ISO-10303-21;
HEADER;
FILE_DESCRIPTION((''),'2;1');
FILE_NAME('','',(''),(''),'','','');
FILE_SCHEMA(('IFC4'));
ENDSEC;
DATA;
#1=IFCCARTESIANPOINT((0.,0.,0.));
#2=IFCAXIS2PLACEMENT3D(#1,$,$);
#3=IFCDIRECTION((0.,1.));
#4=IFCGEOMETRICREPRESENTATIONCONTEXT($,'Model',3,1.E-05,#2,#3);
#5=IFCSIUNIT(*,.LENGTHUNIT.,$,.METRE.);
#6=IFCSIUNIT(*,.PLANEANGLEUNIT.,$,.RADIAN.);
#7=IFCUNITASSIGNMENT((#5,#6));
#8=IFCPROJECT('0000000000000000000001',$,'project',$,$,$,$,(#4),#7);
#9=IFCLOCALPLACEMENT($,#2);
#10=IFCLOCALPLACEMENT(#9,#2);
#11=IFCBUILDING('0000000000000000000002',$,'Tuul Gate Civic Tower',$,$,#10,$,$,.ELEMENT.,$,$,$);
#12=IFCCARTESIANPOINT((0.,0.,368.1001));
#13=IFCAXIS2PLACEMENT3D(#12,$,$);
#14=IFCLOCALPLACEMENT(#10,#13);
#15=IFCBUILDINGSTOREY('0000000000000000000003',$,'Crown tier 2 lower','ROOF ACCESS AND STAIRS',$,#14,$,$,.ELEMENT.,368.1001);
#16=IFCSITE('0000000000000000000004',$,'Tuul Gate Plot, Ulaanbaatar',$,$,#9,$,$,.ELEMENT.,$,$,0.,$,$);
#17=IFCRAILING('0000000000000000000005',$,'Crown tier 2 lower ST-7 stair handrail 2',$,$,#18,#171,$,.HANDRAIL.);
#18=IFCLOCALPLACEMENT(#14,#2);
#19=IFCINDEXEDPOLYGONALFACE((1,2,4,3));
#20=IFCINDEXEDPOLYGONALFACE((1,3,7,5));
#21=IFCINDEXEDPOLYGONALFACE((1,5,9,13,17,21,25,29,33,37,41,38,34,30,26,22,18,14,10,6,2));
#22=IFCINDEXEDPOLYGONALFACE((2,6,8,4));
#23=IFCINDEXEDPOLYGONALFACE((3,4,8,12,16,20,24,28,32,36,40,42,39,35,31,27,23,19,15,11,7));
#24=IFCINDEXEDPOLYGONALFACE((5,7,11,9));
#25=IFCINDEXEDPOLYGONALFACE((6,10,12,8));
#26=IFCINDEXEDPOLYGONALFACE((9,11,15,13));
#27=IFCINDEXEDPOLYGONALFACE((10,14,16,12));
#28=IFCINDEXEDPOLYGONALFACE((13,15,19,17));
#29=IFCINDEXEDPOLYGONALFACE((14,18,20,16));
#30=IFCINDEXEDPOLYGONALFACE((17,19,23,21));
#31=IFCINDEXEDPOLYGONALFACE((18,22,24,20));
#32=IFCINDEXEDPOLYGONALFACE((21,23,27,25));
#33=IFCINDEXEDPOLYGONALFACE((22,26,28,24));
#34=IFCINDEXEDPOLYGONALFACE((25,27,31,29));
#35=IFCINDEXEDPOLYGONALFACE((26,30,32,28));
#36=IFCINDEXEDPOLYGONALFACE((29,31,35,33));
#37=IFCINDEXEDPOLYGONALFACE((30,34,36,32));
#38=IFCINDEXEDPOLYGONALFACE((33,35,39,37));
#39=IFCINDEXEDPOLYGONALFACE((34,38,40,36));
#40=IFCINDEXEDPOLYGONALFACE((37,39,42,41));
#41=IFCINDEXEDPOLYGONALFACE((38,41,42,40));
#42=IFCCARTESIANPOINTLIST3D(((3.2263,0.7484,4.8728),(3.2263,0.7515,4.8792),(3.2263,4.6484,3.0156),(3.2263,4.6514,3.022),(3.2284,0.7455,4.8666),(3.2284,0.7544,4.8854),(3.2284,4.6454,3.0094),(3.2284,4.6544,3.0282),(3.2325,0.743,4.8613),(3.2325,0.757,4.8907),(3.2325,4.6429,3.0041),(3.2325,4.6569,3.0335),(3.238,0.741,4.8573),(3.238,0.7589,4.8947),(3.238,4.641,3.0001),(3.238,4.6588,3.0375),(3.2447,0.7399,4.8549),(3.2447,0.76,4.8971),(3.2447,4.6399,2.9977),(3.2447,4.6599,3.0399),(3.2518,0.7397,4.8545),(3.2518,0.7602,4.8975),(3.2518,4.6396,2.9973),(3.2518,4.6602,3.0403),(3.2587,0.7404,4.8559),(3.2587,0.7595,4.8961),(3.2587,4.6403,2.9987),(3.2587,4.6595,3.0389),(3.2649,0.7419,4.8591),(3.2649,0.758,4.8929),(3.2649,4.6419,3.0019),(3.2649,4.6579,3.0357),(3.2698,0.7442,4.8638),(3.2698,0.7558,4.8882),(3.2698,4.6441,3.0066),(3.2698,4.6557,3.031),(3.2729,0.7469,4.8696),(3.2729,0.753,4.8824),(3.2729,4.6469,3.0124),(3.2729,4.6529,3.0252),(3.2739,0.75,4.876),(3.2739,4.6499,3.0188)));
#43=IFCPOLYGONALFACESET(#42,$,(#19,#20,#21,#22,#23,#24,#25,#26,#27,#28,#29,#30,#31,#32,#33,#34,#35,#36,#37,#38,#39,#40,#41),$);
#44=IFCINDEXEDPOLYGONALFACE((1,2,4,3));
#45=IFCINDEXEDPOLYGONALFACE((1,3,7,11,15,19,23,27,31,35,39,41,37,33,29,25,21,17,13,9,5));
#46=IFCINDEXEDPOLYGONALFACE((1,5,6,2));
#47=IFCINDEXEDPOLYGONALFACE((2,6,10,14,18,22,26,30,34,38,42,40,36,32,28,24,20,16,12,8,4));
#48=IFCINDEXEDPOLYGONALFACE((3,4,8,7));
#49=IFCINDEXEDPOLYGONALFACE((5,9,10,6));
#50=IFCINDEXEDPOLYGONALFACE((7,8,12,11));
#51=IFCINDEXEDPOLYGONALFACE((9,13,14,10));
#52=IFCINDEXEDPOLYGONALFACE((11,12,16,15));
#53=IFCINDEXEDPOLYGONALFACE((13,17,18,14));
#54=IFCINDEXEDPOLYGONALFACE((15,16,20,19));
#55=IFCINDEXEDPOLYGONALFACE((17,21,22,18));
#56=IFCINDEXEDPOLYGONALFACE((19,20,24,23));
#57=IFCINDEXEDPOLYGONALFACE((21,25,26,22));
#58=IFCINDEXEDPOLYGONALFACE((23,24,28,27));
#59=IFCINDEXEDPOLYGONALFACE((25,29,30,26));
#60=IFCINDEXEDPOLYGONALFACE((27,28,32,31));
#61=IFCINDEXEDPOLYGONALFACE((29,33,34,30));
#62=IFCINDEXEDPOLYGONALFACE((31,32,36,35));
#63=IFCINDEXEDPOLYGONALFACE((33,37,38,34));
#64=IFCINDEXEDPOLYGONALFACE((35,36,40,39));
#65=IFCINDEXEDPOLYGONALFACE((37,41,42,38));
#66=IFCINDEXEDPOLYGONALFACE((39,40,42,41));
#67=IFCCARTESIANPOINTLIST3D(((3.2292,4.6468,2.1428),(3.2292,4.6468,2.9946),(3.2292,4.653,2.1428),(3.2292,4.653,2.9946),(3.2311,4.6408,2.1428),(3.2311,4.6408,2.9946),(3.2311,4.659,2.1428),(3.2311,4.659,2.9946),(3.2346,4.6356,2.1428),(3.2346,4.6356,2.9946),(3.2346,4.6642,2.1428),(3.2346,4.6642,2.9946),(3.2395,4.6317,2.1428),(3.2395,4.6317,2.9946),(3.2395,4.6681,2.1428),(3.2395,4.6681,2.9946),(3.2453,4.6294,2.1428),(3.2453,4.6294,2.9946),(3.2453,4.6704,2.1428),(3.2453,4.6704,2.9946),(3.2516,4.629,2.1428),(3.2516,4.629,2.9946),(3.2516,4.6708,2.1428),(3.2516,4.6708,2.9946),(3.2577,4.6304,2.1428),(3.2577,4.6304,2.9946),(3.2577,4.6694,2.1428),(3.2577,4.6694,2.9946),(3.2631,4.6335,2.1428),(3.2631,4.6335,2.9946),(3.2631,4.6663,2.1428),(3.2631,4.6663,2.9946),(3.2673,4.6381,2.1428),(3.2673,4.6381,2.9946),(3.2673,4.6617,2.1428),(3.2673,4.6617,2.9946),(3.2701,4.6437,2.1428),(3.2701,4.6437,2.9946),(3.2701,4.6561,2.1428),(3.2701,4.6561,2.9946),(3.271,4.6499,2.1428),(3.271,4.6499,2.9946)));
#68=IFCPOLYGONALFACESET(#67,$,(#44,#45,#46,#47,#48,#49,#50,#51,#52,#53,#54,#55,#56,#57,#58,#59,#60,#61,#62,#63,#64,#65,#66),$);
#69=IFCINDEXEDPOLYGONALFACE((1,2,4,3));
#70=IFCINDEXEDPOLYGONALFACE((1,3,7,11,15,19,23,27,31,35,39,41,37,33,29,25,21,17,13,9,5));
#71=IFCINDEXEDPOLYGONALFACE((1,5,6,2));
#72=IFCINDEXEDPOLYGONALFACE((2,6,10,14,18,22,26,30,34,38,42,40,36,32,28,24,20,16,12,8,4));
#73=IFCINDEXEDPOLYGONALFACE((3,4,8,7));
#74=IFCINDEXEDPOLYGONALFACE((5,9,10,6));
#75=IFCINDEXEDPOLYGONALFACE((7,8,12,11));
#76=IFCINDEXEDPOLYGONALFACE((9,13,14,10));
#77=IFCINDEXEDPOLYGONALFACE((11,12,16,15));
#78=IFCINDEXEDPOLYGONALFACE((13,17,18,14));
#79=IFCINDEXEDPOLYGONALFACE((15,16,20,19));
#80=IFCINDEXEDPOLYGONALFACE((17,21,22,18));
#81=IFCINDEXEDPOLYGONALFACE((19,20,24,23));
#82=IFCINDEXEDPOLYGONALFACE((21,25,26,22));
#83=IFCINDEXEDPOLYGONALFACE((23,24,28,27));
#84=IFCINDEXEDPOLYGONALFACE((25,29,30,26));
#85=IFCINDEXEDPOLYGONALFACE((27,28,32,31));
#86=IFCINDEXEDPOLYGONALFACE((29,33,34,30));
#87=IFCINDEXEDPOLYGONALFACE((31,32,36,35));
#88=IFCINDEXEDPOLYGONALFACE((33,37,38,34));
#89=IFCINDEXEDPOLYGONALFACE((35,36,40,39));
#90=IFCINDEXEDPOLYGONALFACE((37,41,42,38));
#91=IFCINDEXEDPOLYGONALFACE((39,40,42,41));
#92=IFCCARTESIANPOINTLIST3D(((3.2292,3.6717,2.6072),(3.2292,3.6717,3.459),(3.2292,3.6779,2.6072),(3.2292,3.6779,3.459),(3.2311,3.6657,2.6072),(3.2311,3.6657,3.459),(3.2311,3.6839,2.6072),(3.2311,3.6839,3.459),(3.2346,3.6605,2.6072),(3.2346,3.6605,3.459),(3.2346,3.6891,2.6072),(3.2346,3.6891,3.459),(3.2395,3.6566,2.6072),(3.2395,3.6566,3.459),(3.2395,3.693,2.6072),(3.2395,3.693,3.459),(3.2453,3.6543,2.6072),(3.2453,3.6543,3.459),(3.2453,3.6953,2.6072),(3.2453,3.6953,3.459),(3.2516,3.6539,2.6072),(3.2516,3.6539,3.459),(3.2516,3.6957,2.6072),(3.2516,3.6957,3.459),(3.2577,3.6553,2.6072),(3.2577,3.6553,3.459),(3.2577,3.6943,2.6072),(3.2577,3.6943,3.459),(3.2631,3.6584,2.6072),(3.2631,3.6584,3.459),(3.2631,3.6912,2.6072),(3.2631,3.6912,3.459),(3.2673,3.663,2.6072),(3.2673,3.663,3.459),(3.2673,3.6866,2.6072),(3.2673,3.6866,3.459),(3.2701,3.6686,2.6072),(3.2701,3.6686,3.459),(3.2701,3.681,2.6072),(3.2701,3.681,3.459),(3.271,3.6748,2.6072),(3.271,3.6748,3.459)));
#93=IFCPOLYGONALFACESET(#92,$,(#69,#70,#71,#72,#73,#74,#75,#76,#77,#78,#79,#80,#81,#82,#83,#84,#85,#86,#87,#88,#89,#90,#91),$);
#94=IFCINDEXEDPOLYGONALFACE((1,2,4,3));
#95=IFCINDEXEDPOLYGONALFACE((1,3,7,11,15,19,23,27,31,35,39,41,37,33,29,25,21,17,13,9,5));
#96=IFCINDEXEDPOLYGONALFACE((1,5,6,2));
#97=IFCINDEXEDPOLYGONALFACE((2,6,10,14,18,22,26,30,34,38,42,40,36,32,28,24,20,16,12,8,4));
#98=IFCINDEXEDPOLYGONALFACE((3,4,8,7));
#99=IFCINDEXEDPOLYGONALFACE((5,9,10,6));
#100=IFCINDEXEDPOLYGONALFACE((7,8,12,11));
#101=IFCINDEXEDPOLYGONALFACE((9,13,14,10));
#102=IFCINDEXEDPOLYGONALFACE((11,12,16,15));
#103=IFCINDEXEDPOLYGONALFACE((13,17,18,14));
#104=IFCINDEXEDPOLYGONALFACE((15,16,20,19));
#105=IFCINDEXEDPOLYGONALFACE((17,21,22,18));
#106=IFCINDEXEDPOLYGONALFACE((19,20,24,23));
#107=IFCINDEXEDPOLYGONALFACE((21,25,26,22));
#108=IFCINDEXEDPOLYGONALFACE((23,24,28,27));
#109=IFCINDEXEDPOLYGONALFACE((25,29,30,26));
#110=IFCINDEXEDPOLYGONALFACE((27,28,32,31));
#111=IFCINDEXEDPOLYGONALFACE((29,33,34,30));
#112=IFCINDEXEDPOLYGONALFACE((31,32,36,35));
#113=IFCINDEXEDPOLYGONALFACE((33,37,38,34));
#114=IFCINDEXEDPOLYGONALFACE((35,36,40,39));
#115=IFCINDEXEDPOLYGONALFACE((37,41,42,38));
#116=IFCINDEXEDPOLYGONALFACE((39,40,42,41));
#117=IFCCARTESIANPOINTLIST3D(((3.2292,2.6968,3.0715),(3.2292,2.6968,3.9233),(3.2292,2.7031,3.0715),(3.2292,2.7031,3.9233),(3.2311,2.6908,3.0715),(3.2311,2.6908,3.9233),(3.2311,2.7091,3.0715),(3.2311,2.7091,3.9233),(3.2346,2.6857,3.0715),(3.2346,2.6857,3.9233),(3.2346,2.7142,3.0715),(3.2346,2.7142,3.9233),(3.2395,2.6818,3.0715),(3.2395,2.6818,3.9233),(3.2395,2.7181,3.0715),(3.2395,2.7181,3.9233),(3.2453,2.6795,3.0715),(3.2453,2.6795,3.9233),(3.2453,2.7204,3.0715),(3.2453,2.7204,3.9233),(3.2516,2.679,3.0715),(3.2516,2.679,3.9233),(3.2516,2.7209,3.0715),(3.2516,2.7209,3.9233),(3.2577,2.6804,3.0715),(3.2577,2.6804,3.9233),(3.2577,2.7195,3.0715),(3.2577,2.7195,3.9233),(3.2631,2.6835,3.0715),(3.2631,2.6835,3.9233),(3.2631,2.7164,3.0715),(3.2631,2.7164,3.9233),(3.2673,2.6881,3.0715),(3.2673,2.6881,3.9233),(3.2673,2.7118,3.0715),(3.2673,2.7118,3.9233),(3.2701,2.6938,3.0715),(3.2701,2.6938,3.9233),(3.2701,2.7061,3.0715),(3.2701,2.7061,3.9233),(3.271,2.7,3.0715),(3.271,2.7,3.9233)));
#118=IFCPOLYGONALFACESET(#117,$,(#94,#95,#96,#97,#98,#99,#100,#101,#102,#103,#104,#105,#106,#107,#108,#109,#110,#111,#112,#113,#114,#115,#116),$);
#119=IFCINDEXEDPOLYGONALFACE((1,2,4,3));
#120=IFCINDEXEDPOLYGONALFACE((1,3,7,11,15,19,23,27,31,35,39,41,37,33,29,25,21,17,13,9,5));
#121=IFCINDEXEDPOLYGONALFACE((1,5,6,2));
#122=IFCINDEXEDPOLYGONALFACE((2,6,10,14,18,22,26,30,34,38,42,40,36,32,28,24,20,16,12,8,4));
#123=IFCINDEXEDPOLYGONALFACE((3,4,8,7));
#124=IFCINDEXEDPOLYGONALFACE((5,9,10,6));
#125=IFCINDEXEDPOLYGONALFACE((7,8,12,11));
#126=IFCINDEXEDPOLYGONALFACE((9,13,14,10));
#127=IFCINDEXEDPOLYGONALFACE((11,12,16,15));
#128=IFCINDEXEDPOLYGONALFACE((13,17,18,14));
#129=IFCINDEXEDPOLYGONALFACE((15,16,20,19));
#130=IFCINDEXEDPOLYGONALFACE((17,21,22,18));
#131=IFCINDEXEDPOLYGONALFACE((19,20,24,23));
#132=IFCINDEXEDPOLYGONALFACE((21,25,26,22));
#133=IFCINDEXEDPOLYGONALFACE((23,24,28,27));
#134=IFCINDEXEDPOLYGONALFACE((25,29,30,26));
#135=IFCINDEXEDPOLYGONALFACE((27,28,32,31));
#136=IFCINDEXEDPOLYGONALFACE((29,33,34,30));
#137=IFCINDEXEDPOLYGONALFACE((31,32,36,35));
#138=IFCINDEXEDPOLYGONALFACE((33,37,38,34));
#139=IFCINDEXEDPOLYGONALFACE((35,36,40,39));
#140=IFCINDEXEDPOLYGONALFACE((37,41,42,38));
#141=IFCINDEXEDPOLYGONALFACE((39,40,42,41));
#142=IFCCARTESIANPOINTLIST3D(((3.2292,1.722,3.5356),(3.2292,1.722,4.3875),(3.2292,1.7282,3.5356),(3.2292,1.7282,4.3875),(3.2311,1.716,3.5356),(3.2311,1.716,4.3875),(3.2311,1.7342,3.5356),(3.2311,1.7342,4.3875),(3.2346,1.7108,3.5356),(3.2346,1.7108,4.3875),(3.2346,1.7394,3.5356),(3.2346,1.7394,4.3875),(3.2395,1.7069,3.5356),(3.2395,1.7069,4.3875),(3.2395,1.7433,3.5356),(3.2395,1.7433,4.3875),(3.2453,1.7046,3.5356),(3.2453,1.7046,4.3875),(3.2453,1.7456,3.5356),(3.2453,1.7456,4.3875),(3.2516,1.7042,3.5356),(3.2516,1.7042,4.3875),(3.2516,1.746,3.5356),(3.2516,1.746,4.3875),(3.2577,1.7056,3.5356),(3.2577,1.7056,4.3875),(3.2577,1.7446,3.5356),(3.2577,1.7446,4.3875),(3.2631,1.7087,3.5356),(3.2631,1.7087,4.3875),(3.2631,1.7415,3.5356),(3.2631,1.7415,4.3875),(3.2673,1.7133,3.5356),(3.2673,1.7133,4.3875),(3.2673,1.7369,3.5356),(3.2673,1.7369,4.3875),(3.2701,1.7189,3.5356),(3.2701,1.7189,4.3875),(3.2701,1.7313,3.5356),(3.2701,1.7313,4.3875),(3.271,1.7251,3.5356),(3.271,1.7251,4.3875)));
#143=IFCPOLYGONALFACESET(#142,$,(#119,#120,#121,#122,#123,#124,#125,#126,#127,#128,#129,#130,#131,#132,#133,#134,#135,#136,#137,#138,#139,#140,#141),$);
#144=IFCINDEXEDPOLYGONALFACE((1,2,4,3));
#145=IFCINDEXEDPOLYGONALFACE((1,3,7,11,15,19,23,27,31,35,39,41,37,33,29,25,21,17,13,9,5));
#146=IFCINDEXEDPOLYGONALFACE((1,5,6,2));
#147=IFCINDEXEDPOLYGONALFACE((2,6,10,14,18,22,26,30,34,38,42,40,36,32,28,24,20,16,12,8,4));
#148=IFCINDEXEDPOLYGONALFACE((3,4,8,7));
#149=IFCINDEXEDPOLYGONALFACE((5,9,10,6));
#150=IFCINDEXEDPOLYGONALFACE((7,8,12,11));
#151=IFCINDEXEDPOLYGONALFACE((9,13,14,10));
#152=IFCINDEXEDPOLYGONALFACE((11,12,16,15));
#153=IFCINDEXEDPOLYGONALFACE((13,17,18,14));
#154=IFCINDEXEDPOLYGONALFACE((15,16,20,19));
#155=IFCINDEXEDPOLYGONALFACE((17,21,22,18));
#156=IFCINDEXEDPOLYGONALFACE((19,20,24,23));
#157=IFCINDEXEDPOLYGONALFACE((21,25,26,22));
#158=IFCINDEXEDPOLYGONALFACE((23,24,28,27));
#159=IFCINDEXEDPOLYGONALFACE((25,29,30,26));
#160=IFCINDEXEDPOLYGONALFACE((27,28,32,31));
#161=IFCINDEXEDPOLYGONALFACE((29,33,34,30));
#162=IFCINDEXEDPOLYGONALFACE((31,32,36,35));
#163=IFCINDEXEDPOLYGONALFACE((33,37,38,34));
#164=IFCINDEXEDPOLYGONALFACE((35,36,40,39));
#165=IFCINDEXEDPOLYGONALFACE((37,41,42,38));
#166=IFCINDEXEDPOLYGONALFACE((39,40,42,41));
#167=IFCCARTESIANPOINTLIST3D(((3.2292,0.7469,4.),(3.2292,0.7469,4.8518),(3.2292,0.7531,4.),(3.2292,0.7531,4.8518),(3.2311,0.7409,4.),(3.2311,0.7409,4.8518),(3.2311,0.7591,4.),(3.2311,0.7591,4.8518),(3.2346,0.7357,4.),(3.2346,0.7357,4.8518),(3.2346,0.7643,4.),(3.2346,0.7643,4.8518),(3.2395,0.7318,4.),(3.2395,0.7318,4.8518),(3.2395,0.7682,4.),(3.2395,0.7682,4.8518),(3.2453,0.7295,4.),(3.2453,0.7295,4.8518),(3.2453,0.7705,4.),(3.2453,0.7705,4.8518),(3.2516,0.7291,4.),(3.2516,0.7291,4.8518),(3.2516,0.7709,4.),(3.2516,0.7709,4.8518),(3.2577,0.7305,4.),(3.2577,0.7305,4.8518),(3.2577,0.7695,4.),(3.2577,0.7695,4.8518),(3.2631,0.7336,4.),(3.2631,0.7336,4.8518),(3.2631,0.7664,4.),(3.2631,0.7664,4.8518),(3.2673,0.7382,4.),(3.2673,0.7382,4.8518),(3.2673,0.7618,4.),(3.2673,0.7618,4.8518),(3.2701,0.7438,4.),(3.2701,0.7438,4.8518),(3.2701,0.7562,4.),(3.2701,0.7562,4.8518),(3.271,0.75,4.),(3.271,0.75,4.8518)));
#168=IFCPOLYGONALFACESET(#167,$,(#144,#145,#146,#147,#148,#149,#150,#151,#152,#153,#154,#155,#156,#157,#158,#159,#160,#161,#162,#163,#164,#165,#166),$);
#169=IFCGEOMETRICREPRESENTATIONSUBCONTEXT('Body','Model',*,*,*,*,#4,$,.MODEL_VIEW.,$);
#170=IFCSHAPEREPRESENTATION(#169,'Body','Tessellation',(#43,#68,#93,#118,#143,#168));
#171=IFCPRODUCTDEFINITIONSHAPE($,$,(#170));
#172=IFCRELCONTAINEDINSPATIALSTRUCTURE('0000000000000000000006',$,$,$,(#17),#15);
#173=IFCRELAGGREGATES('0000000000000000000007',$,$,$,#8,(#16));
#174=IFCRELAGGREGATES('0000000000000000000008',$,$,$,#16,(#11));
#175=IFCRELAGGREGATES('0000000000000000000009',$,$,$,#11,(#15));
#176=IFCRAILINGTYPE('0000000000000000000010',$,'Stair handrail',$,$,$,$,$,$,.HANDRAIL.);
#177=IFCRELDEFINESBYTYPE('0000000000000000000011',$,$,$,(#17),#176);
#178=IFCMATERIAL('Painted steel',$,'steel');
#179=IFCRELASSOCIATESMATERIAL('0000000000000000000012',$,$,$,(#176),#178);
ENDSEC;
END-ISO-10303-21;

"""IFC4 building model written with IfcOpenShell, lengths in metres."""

from ifc_helpers import new_model, si_unit, direction, frame, origin, origin_2d, place, context, subcontext, project, spatial, circle, extrude, material, type_object, element, save


model = new_model("IFC4")

# Units and contexts
model_context = context("Model", 3, precision=1e-05, world=origin(), true_north=direction((0.0, 1.0)))
body_context = subcontext(model_context, "Body", "Model", "MODEL_VIEW")
ifc_project = project(units=[si_unit("LENGTHUNIT", "METRE"), si_unit("PLANEANGLEUNIT", "RADIAN")], contexts=[model_context])

# Site, building, storey
site_placement = place(None, origin())
site = spatial("IfcSite", under=ifc_project, at=site_placement, Name="Tuul Gate Plot, Ulaanbaatar", CompositionType="ELEMENT", RefElevation=0.0)
building_placement = place(site_placement, origin())
building = spatial("IfcBuilding", under=site, at=building_placement, Name="Tuul Gate Civic Tower", CompositionType="ELEMENT")
storey_placement = place(building_placement, frame((0.0, 0.0, 368.1001)))
storey = spatial("IfcBuildingStorey", under=building, at=storey_placement, Name="Crown tier 2 lower", Description="ROOF ACCESS AND STAIRS", CompositionType="ELEMENT", Elevation=368.1001)

# Railing
ifc_material_1 = material(Name="Painted steel", Category="steel")
railing_type_1 = type_object("IfcRailingType", Name="Stair handrail", PredefinedType="HANDRAIL", material=ifc_material_1)
railing_1_placement = place(storey_placement, frame((3.25, 4.6499, 2.1428)))
element("IfcRailing", 1, at=railing_1_placement, inside=storey, type_object=railing_type_1, Name="Crown tier 2 lower ST-7 stair handrail 2", PredefinedType="HANDRAIL", context=body_context, shape_type="SweptSolid", body=[
    extrude(circle(Radius=0.0239, at=origin_2d()), frame((0.0, 0.0, 0.876), z_axis=(0.0, -0.902853, 0.429949), x_axis=(1.0, 0.0, 0.0)), (0.0, 0.0, 1.0), 4.3196),
    extrude(circle(Radius=0.021, at=origin_2d()), origin(), (0.0, 0.0, 1.0), 0.8518),
    extrude(circle(Radius=0.021, at=origin_2d()), frame((0.0, -0.9751, 0.4644)), (0.0, 0.0, 1.0), 0.8518),
    extrude(circle(Radius=0.021, at=origin_2d()), frame((0.0, -1.95, 0.9287)), (0.0, 0.0, 1.0), 0.8518),
    extrude(circle(Radius=0.021, at=origin_2d()), frame((0.0, -2.9248, 1.3928)), (0.0, 0.0, 1.0), 0.8518),
    extrude(circle(Radius=0.021, at=origin_2d()), frame((0.0, -3.8999, 1.8572)), (0.0, 0.0, 1.0), 0.8518),
])

save(model, "model.ifc")
